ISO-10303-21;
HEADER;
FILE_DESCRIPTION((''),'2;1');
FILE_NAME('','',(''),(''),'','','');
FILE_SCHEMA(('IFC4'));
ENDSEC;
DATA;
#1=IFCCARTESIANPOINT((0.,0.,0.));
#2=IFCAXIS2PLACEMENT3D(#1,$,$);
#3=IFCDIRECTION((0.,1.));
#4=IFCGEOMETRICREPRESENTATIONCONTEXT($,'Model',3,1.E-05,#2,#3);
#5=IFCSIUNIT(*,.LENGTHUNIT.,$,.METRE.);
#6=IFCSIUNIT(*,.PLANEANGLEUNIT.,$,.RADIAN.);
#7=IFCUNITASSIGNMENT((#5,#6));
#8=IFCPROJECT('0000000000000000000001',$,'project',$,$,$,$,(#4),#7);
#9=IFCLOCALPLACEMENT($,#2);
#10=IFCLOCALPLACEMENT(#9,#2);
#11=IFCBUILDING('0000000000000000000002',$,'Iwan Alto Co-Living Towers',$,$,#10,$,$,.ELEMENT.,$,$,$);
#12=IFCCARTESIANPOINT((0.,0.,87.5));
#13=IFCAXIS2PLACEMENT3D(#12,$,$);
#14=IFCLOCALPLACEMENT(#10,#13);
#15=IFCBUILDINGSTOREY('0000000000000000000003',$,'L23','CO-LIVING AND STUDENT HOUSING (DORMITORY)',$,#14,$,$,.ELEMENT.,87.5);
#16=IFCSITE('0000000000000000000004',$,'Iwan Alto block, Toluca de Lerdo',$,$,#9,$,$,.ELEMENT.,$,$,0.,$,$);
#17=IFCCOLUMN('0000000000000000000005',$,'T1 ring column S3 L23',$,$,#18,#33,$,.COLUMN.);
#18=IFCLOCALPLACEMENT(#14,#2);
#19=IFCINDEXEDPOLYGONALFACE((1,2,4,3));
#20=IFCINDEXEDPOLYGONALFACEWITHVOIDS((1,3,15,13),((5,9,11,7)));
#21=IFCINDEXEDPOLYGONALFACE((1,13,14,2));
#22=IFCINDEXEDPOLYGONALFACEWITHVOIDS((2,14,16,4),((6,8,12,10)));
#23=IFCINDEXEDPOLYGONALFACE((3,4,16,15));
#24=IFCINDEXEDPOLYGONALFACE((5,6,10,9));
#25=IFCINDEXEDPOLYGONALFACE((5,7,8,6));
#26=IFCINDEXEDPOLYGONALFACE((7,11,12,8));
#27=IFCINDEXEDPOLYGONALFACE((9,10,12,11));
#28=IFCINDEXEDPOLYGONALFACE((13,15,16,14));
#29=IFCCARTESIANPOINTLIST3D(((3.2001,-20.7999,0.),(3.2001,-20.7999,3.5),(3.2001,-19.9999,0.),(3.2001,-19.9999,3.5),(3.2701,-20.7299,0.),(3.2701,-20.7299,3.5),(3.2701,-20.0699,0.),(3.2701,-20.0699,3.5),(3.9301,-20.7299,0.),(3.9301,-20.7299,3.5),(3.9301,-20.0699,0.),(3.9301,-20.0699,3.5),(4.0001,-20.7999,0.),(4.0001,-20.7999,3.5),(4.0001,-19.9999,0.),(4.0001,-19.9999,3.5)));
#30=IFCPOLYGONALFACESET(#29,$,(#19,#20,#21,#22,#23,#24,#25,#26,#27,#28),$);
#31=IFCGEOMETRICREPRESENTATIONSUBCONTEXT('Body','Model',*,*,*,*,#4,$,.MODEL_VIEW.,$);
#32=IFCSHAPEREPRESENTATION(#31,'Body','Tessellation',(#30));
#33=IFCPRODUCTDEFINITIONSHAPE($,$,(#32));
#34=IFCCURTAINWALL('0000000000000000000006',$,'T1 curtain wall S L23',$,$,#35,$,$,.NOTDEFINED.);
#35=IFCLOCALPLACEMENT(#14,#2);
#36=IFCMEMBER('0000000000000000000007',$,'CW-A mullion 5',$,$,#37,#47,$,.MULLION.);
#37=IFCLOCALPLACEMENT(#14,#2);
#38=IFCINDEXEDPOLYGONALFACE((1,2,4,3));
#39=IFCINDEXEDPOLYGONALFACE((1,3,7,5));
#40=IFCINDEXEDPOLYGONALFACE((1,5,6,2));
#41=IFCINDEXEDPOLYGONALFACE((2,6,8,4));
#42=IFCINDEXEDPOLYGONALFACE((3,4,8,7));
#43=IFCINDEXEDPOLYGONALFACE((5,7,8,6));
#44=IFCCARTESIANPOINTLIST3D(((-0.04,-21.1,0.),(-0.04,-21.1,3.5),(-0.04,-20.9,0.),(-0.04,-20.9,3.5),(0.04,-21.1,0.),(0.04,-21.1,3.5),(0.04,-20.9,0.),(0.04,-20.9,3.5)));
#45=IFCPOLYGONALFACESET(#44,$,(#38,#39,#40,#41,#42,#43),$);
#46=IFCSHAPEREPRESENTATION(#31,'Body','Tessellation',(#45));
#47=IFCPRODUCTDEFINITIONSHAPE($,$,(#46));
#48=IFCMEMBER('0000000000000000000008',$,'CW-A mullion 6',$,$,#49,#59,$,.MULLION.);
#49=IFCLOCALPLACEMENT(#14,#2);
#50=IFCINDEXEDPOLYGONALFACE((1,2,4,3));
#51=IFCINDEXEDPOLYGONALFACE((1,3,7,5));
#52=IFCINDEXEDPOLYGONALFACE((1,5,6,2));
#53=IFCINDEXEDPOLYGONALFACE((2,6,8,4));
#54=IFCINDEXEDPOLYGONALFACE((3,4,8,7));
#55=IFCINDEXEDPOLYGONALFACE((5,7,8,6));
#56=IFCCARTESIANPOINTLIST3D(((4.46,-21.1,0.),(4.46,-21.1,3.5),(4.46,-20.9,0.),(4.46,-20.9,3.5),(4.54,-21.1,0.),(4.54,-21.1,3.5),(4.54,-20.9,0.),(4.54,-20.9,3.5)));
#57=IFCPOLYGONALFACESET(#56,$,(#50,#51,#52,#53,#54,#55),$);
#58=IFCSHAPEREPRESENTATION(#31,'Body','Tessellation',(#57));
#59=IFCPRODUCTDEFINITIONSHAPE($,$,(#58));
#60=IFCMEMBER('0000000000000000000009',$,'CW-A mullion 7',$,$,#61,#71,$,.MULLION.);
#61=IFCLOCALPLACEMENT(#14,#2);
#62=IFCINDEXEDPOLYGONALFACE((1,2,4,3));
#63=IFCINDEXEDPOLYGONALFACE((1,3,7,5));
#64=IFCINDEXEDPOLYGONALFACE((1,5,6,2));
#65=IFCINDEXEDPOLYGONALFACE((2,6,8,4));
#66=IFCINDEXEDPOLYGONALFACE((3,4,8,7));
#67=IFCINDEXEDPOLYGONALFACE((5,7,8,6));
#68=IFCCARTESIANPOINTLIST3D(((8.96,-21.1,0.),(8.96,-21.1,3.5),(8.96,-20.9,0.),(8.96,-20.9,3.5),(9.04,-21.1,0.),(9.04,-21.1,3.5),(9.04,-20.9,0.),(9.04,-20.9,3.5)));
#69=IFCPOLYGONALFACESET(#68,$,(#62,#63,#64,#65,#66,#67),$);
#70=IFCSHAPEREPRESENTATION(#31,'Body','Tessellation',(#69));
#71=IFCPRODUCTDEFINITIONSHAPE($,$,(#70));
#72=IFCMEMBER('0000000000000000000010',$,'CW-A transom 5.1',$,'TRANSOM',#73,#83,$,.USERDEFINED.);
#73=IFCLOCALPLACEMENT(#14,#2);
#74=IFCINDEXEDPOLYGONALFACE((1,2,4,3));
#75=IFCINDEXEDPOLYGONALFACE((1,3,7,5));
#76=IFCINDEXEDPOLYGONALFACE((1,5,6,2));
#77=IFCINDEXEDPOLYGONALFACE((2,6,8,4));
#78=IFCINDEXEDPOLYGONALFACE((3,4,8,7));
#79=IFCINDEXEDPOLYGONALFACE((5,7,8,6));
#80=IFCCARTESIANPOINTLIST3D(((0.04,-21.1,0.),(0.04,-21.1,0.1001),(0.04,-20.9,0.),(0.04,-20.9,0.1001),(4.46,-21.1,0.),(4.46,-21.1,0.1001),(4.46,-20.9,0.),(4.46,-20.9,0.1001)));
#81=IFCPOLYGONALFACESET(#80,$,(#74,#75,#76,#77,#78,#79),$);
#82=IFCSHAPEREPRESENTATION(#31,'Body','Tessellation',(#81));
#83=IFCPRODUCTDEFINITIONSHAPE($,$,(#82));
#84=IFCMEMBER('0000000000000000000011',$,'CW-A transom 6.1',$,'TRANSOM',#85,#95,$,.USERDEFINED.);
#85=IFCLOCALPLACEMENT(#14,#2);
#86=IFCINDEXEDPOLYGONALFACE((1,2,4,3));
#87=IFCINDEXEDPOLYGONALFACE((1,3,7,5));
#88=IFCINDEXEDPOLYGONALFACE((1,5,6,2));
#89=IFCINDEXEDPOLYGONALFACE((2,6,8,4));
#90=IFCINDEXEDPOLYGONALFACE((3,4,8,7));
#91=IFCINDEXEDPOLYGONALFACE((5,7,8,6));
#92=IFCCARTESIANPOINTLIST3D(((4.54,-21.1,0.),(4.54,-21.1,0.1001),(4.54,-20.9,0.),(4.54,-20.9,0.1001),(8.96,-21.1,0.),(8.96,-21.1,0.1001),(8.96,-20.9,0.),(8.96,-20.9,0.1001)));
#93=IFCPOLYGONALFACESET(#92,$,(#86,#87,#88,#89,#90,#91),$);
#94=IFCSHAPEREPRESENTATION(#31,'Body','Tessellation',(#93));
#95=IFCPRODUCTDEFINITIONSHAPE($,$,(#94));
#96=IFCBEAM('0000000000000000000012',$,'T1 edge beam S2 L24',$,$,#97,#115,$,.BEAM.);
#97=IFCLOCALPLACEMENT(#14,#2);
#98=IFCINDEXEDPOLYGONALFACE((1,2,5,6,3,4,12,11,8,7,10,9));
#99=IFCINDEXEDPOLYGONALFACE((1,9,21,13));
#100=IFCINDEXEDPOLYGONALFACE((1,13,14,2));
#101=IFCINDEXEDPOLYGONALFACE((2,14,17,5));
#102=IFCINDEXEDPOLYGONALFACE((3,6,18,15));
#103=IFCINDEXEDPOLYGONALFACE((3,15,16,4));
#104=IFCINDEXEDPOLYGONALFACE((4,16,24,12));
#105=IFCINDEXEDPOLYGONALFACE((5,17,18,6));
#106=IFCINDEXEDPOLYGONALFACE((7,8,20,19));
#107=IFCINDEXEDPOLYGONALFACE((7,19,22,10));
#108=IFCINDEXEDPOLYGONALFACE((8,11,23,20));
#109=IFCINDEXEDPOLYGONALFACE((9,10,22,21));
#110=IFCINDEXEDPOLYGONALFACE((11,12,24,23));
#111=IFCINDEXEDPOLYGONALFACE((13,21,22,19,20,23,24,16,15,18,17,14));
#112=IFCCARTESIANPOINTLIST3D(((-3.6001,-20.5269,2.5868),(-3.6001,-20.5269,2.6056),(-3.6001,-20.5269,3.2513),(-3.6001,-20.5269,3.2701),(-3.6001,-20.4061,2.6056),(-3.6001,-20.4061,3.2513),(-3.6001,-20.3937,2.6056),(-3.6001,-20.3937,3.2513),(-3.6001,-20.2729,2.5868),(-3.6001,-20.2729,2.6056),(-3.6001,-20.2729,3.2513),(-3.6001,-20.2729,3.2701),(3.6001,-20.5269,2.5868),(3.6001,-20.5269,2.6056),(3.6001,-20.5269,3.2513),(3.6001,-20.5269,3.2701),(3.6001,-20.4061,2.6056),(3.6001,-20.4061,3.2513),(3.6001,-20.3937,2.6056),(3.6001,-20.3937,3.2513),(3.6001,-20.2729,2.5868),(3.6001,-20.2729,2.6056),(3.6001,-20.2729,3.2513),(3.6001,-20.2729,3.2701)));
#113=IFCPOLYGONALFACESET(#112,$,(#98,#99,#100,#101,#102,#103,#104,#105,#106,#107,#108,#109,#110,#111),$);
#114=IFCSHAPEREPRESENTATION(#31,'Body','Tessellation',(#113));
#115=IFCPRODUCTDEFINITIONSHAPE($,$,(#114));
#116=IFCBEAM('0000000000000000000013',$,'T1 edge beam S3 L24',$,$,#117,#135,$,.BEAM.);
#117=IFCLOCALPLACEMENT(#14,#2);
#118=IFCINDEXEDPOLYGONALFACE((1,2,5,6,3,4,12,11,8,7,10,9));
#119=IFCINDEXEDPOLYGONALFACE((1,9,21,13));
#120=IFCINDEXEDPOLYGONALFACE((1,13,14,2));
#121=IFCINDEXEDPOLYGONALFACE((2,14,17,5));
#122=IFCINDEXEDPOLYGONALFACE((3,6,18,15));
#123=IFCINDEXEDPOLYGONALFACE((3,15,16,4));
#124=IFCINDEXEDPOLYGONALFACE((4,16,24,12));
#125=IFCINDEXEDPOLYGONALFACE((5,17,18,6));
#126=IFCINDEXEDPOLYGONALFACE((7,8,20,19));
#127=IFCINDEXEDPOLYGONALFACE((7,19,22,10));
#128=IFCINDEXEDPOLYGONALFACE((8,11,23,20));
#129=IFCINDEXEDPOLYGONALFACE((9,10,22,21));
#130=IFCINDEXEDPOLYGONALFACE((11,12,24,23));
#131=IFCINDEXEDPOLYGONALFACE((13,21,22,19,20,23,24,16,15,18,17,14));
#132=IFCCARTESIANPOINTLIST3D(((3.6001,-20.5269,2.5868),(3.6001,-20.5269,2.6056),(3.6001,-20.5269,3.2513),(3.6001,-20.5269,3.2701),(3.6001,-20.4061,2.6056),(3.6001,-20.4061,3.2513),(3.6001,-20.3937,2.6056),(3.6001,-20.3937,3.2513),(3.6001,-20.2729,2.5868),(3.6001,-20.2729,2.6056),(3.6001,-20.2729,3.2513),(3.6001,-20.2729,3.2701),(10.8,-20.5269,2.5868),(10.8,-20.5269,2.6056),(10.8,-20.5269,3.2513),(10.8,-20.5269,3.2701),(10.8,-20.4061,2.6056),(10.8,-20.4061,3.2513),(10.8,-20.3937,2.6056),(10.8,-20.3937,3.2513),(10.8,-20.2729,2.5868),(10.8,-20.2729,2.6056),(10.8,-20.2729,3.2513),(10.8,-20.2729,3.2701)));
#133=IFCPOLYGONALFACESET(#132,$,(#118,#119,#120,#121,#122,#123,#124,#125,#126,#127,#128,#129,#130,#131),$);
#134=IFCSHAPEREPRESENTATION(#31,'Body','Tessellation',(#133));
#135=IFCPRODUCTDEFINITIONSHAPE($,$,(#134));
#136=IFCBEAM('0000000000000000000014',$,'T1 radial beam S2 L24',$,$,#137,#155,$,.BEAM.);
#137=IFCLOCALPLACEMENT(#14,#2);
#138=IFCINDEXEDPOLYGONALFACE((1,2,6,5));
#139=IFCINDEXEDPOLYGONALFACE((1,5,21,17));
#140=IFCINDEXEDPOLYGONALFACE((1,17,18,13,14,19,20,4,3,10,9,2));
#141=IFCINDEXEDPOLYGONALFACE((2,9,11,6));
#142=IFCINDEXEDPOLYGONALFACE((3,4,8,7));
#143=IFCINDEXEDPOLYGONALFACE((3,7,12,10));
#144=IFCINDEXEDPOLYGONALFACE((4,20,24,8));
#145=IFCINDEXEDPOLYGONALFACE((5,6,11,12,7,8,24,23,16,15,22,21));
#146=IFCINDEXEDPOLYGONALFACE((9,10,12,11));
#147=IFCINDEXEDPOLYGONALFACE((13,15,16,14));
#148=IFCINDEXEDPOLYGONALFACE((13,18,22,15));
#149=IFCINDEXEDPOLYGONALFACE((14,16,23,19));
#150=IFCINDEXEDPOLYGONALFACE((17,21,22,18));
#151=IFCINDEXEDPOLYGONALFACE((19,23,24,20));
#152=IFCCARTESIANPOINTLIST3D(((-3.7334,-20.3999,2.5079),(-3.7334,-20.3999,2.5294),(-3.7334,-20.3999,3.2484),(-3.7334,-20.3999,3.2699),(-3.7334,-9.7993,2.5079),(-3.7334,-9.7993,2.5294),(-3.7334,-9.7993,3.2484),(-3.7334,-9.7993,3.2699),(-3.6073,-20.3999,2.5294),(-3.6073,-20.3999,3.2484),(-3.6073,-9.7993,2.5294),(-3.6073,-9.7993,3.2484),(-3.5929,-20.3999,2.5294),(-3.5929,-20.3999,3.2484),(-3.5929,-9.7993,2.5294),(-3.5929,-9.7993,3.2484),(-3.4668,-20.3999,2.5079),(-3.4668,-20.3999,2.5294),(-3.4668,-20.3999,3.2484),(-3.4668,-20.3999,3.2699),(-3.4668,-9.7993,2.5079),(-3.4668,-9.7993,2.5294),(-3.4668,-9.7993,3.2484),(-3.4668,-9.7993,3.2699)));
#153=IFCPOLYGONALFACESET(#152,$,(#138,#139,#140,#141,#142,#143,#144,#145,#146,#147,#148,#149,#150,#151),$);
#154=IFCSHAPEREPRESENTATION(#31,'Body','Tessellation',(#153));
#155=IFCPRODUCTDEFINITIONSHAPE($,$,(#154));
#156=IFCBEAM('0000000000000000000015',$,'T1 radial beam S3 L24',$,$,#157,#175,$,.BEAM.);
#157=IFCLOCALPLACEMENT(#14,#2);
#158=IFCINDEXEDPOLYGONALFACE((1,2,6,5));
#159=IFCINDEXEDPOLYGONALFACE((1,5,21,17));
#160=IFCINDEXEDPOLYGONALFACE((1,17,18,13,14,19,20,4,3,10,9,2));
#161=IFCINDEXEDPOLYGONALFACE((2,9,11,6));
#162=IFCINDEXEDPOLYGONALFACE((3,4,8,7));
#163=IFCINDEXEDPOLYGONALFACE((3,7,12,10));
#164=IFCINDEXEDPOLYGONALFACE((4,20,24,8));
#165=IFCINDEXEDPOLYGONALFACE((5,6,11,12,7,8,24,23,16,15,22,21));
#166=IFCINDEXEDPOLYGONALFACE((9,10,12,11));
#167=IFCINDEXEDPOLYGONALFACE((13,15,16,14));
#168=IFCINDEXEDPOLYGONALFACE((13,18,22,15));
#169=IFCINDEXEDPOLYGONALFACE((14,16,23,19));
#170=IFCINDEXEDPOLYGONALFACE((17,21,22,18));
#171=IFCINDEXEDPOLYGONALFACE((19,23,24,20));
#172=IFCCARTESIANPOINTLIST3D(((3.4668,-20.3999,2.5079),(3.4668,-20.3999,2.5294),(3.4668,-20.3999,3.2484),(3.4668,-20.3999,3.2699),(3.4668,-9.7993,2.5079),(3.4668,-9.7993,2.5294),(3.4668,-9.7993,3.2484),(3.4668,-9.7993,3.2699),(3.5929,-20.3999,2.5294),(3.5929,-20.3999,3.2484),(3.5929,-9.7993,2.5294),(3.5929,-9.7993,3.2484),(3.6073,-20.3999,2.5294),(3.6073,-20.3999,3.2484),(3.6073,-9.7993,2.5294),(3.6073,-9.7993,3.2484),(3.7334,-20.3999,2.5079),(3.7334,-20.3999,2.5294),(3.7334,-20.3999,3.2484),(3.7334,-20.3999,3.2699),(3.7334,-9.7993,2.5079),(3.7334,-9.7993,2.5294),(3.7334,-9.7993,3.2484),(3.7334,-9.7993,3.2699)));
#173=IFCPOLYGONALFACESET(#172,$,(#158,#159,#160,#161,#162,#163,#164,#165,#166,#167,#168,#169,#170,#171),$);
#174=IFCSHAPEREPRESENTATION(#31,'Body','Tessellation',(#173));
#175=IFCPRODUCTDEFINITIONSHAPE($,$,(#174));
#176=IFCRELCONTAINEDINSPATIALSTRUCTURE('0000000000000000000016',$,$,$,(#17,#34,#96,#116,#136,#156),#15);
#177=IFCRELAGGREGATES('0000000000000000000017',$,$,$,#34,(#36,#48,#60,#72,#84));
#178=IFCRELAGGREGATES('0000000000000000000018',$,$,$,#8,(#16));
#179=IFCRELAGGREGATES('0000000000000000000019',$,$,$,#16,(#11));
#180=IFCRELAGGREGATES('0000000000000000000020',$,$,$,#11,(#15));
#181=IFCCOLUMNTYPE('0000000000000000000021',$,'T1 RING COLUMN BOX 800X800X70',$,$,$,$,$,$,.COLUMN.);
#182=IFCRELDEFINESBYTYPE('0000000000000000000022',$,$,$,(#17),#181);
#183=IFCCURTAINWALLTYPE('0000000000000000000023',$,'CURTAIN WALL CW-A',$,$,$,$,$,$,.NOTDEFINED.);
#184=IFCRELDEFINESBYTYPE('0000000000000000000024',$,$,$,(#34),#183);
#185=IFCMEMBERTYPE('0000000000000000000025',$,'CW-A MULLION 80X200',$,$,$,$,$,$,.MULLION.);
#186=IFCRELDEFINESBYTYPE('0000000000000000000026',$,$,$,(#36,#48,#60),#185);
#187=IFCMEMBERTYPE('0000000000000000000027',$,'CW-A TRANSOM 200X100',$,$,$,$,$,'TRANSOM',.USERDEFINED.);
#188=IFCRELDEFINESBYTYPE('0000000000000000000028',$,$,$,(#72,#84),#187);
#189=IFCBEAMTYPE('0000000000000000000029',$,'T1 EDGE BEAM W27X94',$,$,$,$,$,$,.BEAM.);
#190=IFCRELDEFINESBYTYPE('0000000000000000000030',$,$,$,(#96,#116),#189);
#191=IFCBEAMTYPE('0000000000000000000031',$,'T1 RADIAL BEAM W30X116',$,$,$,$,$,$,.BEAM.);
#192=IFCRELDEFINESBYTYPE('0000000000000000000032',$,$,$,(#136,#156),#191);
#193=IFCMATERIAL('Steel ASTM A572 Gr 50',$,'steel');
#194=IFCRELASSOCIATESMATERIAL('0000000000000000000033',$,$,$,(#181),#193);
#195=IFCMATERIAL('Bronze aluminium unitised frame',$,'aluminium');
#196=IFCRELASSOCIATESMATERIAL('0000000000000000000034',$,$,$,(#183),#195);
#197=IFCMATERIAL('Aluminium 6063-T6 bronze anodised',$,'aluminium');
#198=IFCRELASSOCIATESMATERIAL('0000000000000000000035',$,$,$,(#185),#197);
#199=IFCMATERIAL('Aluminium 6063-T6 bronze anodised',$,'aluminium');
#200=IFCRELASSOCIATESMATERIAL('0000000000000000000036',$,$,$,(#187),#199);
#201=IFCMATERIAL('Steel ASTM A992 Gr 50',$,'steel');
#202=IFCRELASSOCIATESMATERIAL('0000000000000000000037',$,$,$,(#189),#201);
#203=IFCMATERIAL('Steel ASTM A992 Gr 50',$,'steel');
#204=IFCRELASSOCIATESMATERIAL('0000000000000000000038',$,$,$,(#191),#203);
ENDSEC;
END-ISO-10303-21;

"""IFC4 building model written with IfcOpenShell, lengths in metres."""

from ifc_helpers import new_model, si_unit, direction, frame, origin, origin_2d, place, context, subcontext, project, spatial, rectangle, hollow_rectangle, i_section, extrude, material, material_profile, profile_set, type_object, element, aggregate, save


model = new_model("IFC4")

# Units and contexts
model_context = context("Model", 3, precision=1e-05, world=origin(), true_north=direction((0.0, 1.0)))
body_context = subcontext(model_context, "Body", "Model", "MODEL_VIEW")
ifc_project = project(units=[si_unit("LENGTHUNIT", "METRE"), si_unit("PLANEANGLEUNIT", "RADIAN")], contexts=[model_context])

# Site, building, storey
site_placement = place(None, origin())
site = spatial("IfcSite", under=ifc_project, at=site_placement, Name="Iwan Alto block, Toluca de Lerdo", CompositionType="ELEMENT", RefElevation=0.0)
building_placement = place(site_placement, origin())
building = spatial("IfcBuilding", under=site, at=building_placement, Name="Iwan Alto Co-Living Towers", CompositionType="ELEMENT")
storey_placement = place(building_placement, frame((0.0, 0.0, 87.5)))
storey = spatial("IfcBuildingStorey", under=building, at=storey_placement, Name="L23", Description="CO-LIVING AND STUDENT HOUSING (DORMITORY)", CompositionType="ELEMENT", Elevation=87.5)

# Column
ifc_material_1 = material(Name="Steel ASTM A572 Gr 50", Category="steel")
ifc_material_profile_1 = material_profile(ifc_material_1, hollow_rectangle(XDim=0.8, YDim=0.8, WallThickness=0.0701, at=origin_2d()), Name="BOX 800X800X70")
ifc_profile_set_1 = profile_set([ifc_material_profile_1], Name="Steel ASTM A572 Gr 50")
column_type = type_object("IfcColumnType", Name="T1 RING COLUMN BOX 800X800X70", PredefinedType="COLUMN", material=ifc_profile_set_1)
column_placement = place(storey_placement, frame((3.6001, -20.3999, 0.0), z_axis=(0.0, 0.0, 1.0), x_axis=(1.0, 0.0, 0.0)))
element("IfcColumn", 1, at=column_placement, inside=storey, type_object=column_type, Name="T1 ring column S3 L23", PredefinedType="COLUMN", context=body_context, shape_type="SweptSolid", body=[
    extrude(hollow_rectangle(XDim=0.8, YDim=0.8, WallThickness=0.0701, at=origin_2d()), origin(), (0.0, 0.0, 1.0), 3.5),
])

# Curtain wall, members
ifc_material_2 = material(Name="Bronze aluminium unitised frame", Category="aluminium")
curtain_wall_type = type_object("IfcCurtainWallType", Name="CURTAIN WALL CW-A", PredefinedType="NOTDEFINED", material=ifc_material_2)
curtain_wall_placement = place(storey_placement, origin())
curtain_wall = element("IfcCurtainWall", 2, at=curtain_wall_placement, inside=storey, type_object=curtain_wall_type, Name="T1 curtain wall S L23", PredefinedType="NOTDEFINED")
ifc_material_3 = material(Name="Aluminium 6063-T6 bronze anodised", Category="aluminium")
ifc_material_profile_2 = material_profile(ifc_material_3, rectangle(XDim=0.2, YDim=0.0801, at=origin_2d()), Name="AL 80X200")
ifc_profile_set_2 = profile_set([ifc_material_profile_2], Name="Aluminium 6063-T6 bronze anodised")
member_type_1 = type_object("IfcMemberType", Name="CW-A MULLION 80X200", PredefinedType="MULLION", material=ifc_profile_set_2)
member_1_placement = place(storey_placement, frame((0.0, -21.0, 0.0), z_axis=(0.0, 0.0, 1.0), x_axis=(0.0, 1.0, 0.0)))
member_1 = element("IfcMember", 3, at=member_1_placement, type_object=member_type_1, Name="CW-A mullion 5", PredefinedType="MULLION", context=body_context, shape_type="SweptSolid", body=[
    extrude(rectangle(XDim=0.2, YDim=0.0801, at=origin_2d()), origin(), (0.0, 0.0, 1.0), 3.5),
])
member_2_placement = place(storey_placement, frame((4.5, -21.0, 0.0), z_axis=(0.0, 0.0, 1.0), x_axis=(0.0, 1.0, 0.0)))
member_2 = element("IfcMember", 4, at=member_2_placement, type_object=member_type_1, Name="CW-A mullion 6", PredefinedType="MULLION", context=body_context, shape_type="SweptSolid", body=[
    extrude(rectangle(XDim=0.2, YDim=0.0801, at=origin_2d()), origin(), (0.0, 0.0, 1.0), 3.5),
])
member_3_placement = place(storey_placement, frame((9.0, -21.0, 0.0), z_axis=(0.0, 0.0, 1.0), x_axis=(0.0, 1.0, 0.0)))
member_3 = element("IfcMember", 5, at=member_3_placement, type_object=member_type_1, Name="CW-A mullion 7", PredefinedType="MULLION", context=body_context, shape_type="SweptSolid", body=[
    extrude(rectangle(XDim=0.2, YDim=0.0801, at=origin_2d()), origin(), (0.0, 0.0, 1.0), 3.5),
])
ifc_material_4 = material(Name="Aluminium 6063-T6 bronze anodised", Category="aluminium")
ifc_material_profile_3 = material_profile(ifc_material_4, rectangle(XDim=0.2, YDim=0.1001, at=origin_2d()), Name="AL 200X100")
ifc_profile_set_3 = profile_set([ifc_material_profile_3], Name="Aluminium 6063-T6 bronze anodised")
member_type_2 = type_object("IfcMemberType", Name="CW-A TRANSOM 200X100", ElementType="TRANSOM", PredefinedType="USERDEFINED", material=ifc_profile_set_3)
member_4_placement = place(storey_placement, frame((0.04, -21.0, 0.05), z_axis=(1.0, 0.0, 0.0), x_axis=(0.0, 1.0, 0.0)))
member_4 = element("IfcMember", 6, at=member_4_placement, type_object=member_type_2, Name="CW-A transom 5.1", ObjectType="TRANSOM", PredefinedType="USERDEFINED", context=body_context, shape_type="SweptSolid", body=[
    extrude(rectangle(XDim=0.2, YDim=0.1001, at=origin_2d()), origin(), (0.0, 0.0, 1.0), 4.4199),
])
member_5_placement = place(storey_placement, frame((4.54, -21.0, 0.05), z_axis=(1.0, 0.0, 0.0), x_axis=(0.0, 1.0, 0.0)))
member_5 = element("IfcMember", 7, at=member_5_placement, type_object=member_type_2, Name="CW-A transom 6.1", ObjectType="TRANSOM", PredefinedType="USERDEFINED", context=body_context, shape_type="SweptSolid", body=[
    extrude(rectangle(XDim=0.2, YDim=0.1001, at=origin_2d()), origin(), (0.0, 0.0, 1.0), 4.4199),
])

# Beams
ifc_material_5 = material(Name="Steel ASTM A992 Gr 50", Category="steel")
ifc_material_profile_4 = material_profile(ifc_material_5, i_section(OverallWidth=0.2539, OverallDepth=0.6833, WebThickness=0.0125, FlangeThickness=0.0188, at=origin_2d()), Name="W27X94")
ifc_profile_set_4 = profile_set([ifc_material_profile_4], Name="Steel ASTM A992 Gr 50")
beam_type_1 = type_object("IfcBeamType", Name="T1 EDGE BEAM W27X94", PredefinedType="BEAM", material=ifc_profile_set_4)
beam_1_placement = place(storey_placement, frame((-3.6001, -20.3999, 2.9285), z_axis=(1.0, 0.0, 0.0), x_axis=(0.0, 1.0, 0.0)))
element("IfcBeam", 8, at=beam_1_placement, inside=storey, type_object=beam_type_1, Name="T1 edge beam S2 L24", PredefinedType="BEAM", context=body_context, shape_type="SweptSolid", body=[
    extrude(i_section(OverallWidth=0.2539, OverallDepth=0.6833, WebThickness=0.0125, FlangeThickness=0.0188, at=origin_2d()), origin(), (0.0, 0.0, 1.0), 7.2002),
])
beam_2_placement = place(storey_placement, frame((3.6001, -20.3999, 2.9285), z_axis=(1.0, 0.0, 0.0), x_axis=(0.0, 1.0, 0.0)))
element("IfcBeam", 9, at=beam_2_placement, inside=storey, type_object=beam_type_1, Name="T1 edge beam S3 L24", PredefinedType="BEAM", context=body_context, shape_type="SweptSolid", body=[
    extrude(i_section(OverallWidth=0.2539, OverallDepth=0.6833, WebThickness=0.0125, FlangeThickness=0.0188, at=origin_2d()), origin(), (0.0, 0.0, 1.0), 7.2),
])
ifc_material_6 = material(Name="Steel ASTM A992 Gr 50", Category="steel")
ifc_material_profile_5 = material_profile(ifc_material_6, i_section(OverallWidth=0.2666, OverallDepth=0.762, WebThickness=0.0144, FlangeThickness=0.0215, at=origin_2d()), Name="W30X116")
ifc_profile_set_5 = profile_set([ifc_material_profile_5], Name="Steel ASTM A992 Gr 50")
beam_type_2 = type_object("IfcBeamType", Name="T1 RADIAL BEAM W30X116", PredefinedType="BEAM", material=ifc_profile_set_5)
for number, where, z_axis, x_axis, name in (
    (10, (-3.6001, -20.3999, 2.8889), (0.0, 1.0, 0.0), (-1.0, 0.0, 0.0), "T1 radial beam S2 L24"),
    (11, (3.6001, -20.3999, 2.8889), (0.0, 1.0, 0.0), (-1.0, 0.0, 0.0), "T1 radial beam S3 L24"),
):
    element("IfcBeam", number, at=place(storey_placement, frame(where, z_axis=z_axis, x_axis=x_axis)), inside=storey, type_object=beam_type_2, Name=name, PredefinedType="BEAM", context=body_context, shape_type="SweptSolid", body=[
        extrude(i_section(OverallWidth=0.2666, OverallDepth=0.762, WebThickness=0.0144, FlangeThickness=0.0215, at=origin_2d()), origin(), (0.0, 0.0, 1.0), 10.6006),
    ])

aggregate(curtain_wall, [member_1, member_2, member_3, member_4, member_5])

save(model, "model.ifc")
